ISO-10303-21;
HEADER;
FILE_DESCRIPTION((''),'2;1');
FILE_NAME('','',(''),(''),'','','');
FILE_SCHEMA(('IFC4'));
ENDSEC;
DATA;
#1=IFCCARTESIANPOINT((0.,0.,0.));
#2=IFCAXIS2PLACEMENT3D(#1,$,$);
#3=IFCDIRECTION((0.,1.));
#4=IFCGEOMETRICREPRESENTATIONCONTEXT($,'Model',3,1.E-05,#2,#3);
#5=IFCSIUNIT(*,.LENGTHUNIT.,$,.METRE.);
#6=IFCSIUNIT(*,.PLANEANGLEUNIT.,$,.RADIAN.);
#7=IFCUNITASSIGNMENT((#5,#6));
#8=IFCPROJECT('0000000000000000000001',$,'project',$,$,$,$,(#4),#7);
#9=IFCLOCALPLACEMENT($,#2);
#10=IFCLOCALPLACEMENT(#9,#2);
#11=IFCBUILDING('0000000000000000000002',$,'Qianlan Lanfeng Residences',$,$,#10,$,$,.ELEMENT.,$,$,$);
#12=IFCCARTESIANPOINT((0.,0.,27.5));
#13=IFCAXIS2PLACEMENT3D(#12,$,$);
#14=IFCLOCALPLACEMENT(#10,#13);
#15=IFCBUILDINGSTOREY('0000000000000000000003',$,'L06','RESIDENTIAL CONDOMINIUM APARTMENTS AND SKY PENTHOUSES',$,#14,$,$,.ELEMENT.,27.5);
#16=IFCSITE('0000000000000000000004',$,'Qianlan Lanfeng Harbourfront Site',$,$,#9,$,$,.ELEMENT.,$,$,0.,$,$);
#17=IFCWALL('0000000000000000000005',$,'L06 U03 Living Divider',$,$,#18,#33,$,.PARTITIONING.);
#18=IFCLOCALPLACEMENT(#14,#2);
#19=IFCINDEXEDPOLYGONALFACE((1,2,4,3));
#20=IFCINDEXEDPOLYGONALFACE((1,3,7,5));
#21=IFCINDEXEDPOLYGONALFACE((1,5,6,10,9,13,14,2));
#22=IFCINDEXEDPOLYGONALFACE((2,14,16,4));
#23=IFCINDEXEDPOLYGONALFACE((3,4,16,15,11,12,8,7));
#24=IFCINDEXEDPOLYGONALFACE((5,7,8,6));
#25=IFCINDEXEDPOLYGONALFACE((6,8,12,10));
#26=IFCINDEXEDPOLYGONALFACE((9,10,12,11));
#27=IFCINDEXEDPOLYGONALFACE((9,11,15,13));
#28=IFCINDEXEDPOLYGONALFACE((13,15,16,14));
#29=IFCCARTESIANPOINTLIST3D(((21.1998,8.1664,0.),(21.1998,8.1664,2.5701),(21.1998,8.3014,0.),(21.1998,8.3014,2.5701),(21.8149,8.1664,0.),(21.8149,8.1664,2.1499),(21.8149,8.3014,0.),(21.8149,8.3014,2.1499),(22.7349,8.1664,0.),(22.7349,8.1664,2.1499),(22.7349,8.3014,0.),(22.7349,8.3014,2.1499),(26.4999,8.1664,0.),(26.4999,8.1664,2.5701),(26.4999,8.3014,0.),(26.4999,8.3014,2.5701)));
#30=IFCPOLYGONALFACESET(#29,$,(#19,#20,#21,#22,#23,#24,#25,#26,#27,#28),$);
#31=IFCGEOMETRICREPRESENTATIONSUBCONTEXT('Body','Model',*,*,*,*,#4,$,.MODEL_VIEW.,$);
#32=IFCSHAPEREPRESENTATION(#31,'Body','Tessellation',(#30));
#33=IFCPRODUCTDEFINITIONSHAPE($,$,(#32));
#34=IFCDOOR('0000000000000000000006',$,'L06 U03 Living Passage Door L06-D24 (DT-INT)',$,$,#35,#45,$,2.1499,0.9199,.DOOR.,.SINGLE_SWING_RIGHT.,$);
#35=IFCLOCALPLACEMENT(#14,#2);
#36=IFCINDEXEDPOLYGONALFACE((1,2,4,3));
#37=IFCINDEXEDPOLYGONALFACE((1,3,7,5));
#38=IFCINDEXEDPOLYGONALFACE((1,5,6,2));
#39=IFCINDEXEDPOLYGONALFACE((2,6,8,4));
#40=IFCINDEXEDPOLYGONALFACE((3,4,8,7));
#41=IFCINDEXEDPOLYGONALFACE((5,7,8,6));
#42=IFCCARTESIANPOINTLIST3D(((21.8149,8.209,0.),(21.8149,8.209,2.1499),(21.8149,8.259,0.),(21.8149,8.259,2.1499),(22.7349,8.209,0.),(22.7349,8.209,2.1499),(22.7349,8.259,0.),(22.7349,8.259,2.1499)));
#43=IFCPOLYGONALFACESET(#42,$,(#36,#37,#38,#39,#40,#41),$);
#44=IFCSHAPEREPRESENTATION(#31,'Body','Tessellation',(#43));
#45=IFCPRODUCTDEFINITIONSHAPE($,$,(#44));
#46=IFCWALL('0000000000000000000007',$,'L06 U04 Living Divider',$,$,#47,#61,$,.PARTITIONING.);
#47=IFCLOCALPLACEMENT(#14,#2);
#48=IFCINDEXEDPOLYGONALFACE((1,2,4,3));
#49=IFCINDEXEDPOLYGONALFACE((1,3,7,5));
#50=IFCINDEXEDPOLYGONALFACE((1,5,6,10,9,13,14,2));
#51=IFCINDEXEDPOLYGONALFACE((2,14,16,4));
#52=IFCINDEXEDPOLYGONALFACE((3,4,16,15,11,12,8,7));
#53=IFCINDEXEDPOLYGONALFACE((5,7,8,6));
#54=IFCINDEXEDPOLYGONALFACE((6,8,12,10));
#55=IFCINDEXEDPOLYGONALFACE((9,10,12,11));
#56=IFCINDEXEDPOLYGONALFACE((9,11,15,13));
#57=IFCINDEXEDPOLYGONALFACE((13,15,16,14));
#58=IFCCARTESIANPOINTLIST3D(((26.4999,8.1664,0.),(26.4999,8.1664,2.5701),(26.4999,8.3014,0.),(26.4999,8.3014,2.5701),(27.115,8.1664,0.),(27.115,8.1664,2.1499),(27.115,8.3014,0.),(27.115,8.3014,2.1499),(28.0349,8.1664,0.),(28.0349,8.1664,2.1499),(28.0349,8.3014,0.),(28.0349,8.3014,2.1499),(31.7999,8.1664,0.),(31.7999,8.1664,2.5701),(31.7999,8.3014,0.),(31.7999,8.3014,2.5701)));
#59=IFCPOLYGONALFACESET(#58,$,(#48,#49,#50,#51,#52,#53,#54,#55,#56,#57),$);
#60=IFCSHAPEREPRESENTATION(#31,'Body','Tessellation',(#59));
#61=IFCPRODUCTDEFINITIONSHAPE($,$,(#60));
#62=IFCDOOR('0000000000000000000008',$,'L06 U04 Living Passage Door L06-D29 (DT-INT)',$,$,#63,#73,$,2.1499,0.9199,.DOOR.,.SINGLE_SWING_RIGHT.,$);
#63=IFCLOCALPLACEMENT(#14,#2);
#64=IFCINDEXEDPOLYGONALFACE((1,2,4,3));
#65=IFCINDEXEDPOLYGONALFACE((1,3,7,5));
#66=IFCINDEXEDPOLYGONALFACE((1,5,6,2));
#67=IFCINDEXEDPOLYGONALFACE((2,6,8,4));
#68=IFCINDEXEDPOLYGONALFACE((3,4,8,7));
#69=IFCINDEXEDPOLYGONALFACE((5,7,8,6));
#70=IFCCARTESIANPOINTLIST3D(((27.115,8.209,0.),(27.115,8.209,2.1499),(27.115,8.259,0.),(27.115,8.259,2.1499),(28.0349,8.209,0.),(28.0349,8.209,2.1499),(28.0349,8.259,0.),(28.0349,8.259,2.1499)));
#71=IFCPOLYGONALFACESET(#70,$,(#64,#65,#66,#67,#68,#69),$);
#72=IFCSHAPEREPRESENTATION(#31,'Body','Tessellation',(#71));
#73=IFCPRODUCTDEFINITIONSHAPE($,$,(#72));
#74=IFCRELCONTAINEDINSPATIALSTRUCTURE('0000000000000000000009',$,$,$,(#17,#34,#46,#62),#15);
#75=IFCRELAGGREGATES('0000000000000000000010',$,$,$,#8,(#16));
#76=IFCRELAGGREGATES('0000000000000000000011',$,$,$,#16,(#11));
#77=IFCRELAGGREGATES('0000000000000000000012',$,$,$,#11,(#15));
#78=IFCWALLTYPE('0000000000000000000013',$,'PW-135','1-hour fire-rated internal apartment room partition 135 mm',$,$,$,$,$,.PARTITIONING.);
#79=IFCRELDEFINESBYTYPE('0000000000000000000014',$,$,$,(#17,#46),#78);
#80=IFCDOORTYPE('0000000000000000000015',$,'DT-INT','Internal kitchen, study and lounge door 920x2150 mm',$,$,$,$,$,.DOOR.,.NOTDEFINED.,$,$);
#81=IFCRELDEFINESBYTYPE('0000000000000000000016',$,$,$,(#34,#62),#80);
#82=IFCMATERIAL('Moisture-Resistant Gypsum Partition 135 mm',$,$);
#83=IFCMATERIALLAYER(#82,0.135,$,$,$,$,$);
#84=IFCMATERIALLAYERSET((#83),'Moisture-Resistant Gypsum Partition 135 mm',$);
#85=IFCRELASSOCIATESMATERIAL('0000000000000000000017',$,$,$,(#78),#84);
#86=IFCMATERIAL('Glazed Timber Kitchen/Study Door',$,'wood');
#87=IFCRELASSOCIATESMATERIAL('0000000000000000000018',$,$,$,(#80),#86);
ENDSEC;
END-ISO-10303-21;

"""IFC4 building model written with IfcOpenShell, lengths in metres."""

from ifc_helpers import new_model, si_unit, direction, frame, frame_2d, origin, place, context, subcontext, project, spatial, rectangle, extrude, material, layer, layer_set, type_object, element, fill, save


model = new_model("IFC4")

# Units and contexts
model_context = context("Model", 3, precision=1e-05, world=origin(), true_north=direction((0.0, 1.0)))
body_context = subcontext(model_context, "Body", "Model", "MODEL_VIEW")
ifc_project = project(units=[si_unit("LENGTHUNIT", "METRE"), si_unit("PLANEANGLEUNIT", "RADIAN")], contexts=[model_context])

# Site, building, storey
site_placement = place(None, origin())
site = spatial("IfcSite", under=ifc_project, at=site_placement, Name="Qianlan Lanfeng Harbourfront Site", CompositionType="ELEMENT", RefElevation=0.0)
building_placement = place(site_placement, origin())
building = spatial("IfcBuilding", under=site, at=building_placement, Name="Qianlan Lanfeng Residences", CompositionType="ELEMENT")
storey_placement = place(building_placement, frame((0.0, 0.0, 27.5)))
storey = spatial("IfcBuildingStorey", under=building, at=storey_placement, Name="L06", Description="RESIDENTIAL CONDOMINIUM APARTMENTS AND SKY PENTHOUSES", CompositionType="ELEMENT", Elevation=27.5)

# Wall, opening, door
ifc_material_1 = material(Name="Moisture-Resistant Gypsum Partition 135 mm")
ifc_layer = layer(ifc_material_1, 0.135)
ifc_layer_set = layer_set([ifc_layer], Name="Moisture-Resistant Gypsum Partition 135 mm")
wall_type = type_object("IfcWallType", Name="PW-135", Description="1-hour fire-rated internal apartment room partition 135 mm", PredefinedType="PARTITIONING", material=ifc_layer_set)
wall_1_placement = place(storey_placement, frame((21.2, 8.2339, 0.0), z_axis=(0.0, 0.0, 1.0), x_axis=(1.0, 0.0, 0.0)))
wall_1 = element("IfcWall", 1, at=wall_1_placement, inside=storey, type_object=wall_type, Name="L06 U03 Living Divider", PredefinedType="PARTITIONING", context=body_context, shape_type="SweptSolid", body=[
    extrude(rectangle(XDim=5.3, YDim=0.135, at=frame_2d((2.6499, 0.0))), origin(), (0.0, 0.0, 1.0), 2.5701),
])
opening_1_placement = place(wall_1_placement, frame((0.615, 0.0, 0.0)))
opening_1 = element("IfcOpeningElement", 2, at=opening_1_placement, cuts=wall_1, PredefinedType="OPENING", context=body_context, shape_type="SweptSolid", body=[
    extrude(rectangle(XDim=0.9199, YDim=2.1499, at=frame_2d((0.46, 1.075))), frame((0.0, 0.0776, 0.0), z_axis=(0.0, -1.0, 0.0), x_axis=(1.0, 0.0, 0.0)), (0.0, 0.0, 1.0), 0.155),
])
ifc_material_2 = material(Name="Glazed Timber Kitchen/Study Door", Category="wood")
door_type_1 = type_object("IfcDoorType", Name="DT-INT", Description="Internal kitchen, study and lounge door 920x2150 mm", OperationType="NOTDEFINED", PredefinedType="DOOR", material=ifc_material_2)
door_1_placement = place(opening_1_placement, frame((0.9199, 0.0, 0.0), z_axis=(0.0, 0.0, 1.0), x_axis=(-1.0, 0.0, 0.0)))
door_1 = element("IfcDoor", 3, at=door_1_placement, inside=storey, type_object=door_type_1, Name="L06 U03 Living Passage Door L06-D24 (DT-INT)", OperationType="SINGLE_SWING_RIGHT", OverallHeight=2.1499, OverallWidth=0.9199, PredefinedType="DOOR", context=body_context, shape_type="SweptSolid", body=[
    extrude(rectangle(XDim=0.9199, YDim=2.1499, at=frame_2d((0.46, 1.075))), frame((0.0, 0.0249, 0.0), z_axis=(0.0, -1.0, 0.0), x_axis=(1.0, 0.0, 0.0)), (0.0, 0.0, 1.0), 0.05),
])
fill(opening_1, door_1)

# Wall, opening, door
wall_2_placement = place(storey_placement, frame((26.5, 8.2339, 0.0), z_axis=(0.0, 0.0, 1.0), x_axis=(1.0, 0.0, 0.0)))
wall_2 = element("IfcWall", 4, at=wall_2_placement, inside=storey, type_object=wall_type, Name="L06 U04 Living Divider", PredefinedType="PARTITIONING", context=body_context, shape_type="SweptSolid", body=[
    extrude(rectangle(XDim=5.3, YDim=0.135, at=frame_2d((2.6499, 0.0))), origin(), (0.0, 0.0, 1.0), 2.5701),
])
opening_2_placement = place(wall_2_placement, frame((0.615, 0.0, 0.0)))
opening_2 = element("IfcOpeningElement", 5, at=opening_2_placement, cuts=wall_2, PredefinedType="OPENING", context=body_context, shape_type="SweptSolid", body=[
    extrude(rectangle(XDim=0.9199, YDim=2.1499, at=frame_2d((0.46, 1.075))), frame((0.0, 0.0776, 0.0), z_axis=(0.0, -1.0, 0.0), x_axis=(1.0, 0.0, 0.0)), (0.0, 0.0, 1.0), 0.155),
])
door_2_placement = place(opening_2_placement, frame((0.9199, 0.0, 0.0), z_axis=(0.0, 0.0, 1.0), x_axis=(-1.0, 0.0, 0.0)))
door_2 = element("IfcDoor", 6, at=door_2_placement, inside=storey, type_object=door_type_1, Name="L06 U04 Living Passage Door L06-D29 (DT-INT)", OperationType="SINGLE_SWING_RIGHT", OverallHeight=2.1499, OverallWidth=0.9199, PredefinedType="DOOR", context=body_context, shape_type="SweptSolid", body=[
    extrude(rectangle(XDim=0.9199, YDim=2.1499, at=frame_2d((0.46, 1.075))), frame((0.0, 0.0249, 0.0), z_axis=(0.0, -1.0, 0.0), x_axis=(1.0, 0.0, 0.0)), (0.0, 0.0, 1.0), 0.05),
])
fill(opening_2, door_2)

save(model, "model.ifc")
